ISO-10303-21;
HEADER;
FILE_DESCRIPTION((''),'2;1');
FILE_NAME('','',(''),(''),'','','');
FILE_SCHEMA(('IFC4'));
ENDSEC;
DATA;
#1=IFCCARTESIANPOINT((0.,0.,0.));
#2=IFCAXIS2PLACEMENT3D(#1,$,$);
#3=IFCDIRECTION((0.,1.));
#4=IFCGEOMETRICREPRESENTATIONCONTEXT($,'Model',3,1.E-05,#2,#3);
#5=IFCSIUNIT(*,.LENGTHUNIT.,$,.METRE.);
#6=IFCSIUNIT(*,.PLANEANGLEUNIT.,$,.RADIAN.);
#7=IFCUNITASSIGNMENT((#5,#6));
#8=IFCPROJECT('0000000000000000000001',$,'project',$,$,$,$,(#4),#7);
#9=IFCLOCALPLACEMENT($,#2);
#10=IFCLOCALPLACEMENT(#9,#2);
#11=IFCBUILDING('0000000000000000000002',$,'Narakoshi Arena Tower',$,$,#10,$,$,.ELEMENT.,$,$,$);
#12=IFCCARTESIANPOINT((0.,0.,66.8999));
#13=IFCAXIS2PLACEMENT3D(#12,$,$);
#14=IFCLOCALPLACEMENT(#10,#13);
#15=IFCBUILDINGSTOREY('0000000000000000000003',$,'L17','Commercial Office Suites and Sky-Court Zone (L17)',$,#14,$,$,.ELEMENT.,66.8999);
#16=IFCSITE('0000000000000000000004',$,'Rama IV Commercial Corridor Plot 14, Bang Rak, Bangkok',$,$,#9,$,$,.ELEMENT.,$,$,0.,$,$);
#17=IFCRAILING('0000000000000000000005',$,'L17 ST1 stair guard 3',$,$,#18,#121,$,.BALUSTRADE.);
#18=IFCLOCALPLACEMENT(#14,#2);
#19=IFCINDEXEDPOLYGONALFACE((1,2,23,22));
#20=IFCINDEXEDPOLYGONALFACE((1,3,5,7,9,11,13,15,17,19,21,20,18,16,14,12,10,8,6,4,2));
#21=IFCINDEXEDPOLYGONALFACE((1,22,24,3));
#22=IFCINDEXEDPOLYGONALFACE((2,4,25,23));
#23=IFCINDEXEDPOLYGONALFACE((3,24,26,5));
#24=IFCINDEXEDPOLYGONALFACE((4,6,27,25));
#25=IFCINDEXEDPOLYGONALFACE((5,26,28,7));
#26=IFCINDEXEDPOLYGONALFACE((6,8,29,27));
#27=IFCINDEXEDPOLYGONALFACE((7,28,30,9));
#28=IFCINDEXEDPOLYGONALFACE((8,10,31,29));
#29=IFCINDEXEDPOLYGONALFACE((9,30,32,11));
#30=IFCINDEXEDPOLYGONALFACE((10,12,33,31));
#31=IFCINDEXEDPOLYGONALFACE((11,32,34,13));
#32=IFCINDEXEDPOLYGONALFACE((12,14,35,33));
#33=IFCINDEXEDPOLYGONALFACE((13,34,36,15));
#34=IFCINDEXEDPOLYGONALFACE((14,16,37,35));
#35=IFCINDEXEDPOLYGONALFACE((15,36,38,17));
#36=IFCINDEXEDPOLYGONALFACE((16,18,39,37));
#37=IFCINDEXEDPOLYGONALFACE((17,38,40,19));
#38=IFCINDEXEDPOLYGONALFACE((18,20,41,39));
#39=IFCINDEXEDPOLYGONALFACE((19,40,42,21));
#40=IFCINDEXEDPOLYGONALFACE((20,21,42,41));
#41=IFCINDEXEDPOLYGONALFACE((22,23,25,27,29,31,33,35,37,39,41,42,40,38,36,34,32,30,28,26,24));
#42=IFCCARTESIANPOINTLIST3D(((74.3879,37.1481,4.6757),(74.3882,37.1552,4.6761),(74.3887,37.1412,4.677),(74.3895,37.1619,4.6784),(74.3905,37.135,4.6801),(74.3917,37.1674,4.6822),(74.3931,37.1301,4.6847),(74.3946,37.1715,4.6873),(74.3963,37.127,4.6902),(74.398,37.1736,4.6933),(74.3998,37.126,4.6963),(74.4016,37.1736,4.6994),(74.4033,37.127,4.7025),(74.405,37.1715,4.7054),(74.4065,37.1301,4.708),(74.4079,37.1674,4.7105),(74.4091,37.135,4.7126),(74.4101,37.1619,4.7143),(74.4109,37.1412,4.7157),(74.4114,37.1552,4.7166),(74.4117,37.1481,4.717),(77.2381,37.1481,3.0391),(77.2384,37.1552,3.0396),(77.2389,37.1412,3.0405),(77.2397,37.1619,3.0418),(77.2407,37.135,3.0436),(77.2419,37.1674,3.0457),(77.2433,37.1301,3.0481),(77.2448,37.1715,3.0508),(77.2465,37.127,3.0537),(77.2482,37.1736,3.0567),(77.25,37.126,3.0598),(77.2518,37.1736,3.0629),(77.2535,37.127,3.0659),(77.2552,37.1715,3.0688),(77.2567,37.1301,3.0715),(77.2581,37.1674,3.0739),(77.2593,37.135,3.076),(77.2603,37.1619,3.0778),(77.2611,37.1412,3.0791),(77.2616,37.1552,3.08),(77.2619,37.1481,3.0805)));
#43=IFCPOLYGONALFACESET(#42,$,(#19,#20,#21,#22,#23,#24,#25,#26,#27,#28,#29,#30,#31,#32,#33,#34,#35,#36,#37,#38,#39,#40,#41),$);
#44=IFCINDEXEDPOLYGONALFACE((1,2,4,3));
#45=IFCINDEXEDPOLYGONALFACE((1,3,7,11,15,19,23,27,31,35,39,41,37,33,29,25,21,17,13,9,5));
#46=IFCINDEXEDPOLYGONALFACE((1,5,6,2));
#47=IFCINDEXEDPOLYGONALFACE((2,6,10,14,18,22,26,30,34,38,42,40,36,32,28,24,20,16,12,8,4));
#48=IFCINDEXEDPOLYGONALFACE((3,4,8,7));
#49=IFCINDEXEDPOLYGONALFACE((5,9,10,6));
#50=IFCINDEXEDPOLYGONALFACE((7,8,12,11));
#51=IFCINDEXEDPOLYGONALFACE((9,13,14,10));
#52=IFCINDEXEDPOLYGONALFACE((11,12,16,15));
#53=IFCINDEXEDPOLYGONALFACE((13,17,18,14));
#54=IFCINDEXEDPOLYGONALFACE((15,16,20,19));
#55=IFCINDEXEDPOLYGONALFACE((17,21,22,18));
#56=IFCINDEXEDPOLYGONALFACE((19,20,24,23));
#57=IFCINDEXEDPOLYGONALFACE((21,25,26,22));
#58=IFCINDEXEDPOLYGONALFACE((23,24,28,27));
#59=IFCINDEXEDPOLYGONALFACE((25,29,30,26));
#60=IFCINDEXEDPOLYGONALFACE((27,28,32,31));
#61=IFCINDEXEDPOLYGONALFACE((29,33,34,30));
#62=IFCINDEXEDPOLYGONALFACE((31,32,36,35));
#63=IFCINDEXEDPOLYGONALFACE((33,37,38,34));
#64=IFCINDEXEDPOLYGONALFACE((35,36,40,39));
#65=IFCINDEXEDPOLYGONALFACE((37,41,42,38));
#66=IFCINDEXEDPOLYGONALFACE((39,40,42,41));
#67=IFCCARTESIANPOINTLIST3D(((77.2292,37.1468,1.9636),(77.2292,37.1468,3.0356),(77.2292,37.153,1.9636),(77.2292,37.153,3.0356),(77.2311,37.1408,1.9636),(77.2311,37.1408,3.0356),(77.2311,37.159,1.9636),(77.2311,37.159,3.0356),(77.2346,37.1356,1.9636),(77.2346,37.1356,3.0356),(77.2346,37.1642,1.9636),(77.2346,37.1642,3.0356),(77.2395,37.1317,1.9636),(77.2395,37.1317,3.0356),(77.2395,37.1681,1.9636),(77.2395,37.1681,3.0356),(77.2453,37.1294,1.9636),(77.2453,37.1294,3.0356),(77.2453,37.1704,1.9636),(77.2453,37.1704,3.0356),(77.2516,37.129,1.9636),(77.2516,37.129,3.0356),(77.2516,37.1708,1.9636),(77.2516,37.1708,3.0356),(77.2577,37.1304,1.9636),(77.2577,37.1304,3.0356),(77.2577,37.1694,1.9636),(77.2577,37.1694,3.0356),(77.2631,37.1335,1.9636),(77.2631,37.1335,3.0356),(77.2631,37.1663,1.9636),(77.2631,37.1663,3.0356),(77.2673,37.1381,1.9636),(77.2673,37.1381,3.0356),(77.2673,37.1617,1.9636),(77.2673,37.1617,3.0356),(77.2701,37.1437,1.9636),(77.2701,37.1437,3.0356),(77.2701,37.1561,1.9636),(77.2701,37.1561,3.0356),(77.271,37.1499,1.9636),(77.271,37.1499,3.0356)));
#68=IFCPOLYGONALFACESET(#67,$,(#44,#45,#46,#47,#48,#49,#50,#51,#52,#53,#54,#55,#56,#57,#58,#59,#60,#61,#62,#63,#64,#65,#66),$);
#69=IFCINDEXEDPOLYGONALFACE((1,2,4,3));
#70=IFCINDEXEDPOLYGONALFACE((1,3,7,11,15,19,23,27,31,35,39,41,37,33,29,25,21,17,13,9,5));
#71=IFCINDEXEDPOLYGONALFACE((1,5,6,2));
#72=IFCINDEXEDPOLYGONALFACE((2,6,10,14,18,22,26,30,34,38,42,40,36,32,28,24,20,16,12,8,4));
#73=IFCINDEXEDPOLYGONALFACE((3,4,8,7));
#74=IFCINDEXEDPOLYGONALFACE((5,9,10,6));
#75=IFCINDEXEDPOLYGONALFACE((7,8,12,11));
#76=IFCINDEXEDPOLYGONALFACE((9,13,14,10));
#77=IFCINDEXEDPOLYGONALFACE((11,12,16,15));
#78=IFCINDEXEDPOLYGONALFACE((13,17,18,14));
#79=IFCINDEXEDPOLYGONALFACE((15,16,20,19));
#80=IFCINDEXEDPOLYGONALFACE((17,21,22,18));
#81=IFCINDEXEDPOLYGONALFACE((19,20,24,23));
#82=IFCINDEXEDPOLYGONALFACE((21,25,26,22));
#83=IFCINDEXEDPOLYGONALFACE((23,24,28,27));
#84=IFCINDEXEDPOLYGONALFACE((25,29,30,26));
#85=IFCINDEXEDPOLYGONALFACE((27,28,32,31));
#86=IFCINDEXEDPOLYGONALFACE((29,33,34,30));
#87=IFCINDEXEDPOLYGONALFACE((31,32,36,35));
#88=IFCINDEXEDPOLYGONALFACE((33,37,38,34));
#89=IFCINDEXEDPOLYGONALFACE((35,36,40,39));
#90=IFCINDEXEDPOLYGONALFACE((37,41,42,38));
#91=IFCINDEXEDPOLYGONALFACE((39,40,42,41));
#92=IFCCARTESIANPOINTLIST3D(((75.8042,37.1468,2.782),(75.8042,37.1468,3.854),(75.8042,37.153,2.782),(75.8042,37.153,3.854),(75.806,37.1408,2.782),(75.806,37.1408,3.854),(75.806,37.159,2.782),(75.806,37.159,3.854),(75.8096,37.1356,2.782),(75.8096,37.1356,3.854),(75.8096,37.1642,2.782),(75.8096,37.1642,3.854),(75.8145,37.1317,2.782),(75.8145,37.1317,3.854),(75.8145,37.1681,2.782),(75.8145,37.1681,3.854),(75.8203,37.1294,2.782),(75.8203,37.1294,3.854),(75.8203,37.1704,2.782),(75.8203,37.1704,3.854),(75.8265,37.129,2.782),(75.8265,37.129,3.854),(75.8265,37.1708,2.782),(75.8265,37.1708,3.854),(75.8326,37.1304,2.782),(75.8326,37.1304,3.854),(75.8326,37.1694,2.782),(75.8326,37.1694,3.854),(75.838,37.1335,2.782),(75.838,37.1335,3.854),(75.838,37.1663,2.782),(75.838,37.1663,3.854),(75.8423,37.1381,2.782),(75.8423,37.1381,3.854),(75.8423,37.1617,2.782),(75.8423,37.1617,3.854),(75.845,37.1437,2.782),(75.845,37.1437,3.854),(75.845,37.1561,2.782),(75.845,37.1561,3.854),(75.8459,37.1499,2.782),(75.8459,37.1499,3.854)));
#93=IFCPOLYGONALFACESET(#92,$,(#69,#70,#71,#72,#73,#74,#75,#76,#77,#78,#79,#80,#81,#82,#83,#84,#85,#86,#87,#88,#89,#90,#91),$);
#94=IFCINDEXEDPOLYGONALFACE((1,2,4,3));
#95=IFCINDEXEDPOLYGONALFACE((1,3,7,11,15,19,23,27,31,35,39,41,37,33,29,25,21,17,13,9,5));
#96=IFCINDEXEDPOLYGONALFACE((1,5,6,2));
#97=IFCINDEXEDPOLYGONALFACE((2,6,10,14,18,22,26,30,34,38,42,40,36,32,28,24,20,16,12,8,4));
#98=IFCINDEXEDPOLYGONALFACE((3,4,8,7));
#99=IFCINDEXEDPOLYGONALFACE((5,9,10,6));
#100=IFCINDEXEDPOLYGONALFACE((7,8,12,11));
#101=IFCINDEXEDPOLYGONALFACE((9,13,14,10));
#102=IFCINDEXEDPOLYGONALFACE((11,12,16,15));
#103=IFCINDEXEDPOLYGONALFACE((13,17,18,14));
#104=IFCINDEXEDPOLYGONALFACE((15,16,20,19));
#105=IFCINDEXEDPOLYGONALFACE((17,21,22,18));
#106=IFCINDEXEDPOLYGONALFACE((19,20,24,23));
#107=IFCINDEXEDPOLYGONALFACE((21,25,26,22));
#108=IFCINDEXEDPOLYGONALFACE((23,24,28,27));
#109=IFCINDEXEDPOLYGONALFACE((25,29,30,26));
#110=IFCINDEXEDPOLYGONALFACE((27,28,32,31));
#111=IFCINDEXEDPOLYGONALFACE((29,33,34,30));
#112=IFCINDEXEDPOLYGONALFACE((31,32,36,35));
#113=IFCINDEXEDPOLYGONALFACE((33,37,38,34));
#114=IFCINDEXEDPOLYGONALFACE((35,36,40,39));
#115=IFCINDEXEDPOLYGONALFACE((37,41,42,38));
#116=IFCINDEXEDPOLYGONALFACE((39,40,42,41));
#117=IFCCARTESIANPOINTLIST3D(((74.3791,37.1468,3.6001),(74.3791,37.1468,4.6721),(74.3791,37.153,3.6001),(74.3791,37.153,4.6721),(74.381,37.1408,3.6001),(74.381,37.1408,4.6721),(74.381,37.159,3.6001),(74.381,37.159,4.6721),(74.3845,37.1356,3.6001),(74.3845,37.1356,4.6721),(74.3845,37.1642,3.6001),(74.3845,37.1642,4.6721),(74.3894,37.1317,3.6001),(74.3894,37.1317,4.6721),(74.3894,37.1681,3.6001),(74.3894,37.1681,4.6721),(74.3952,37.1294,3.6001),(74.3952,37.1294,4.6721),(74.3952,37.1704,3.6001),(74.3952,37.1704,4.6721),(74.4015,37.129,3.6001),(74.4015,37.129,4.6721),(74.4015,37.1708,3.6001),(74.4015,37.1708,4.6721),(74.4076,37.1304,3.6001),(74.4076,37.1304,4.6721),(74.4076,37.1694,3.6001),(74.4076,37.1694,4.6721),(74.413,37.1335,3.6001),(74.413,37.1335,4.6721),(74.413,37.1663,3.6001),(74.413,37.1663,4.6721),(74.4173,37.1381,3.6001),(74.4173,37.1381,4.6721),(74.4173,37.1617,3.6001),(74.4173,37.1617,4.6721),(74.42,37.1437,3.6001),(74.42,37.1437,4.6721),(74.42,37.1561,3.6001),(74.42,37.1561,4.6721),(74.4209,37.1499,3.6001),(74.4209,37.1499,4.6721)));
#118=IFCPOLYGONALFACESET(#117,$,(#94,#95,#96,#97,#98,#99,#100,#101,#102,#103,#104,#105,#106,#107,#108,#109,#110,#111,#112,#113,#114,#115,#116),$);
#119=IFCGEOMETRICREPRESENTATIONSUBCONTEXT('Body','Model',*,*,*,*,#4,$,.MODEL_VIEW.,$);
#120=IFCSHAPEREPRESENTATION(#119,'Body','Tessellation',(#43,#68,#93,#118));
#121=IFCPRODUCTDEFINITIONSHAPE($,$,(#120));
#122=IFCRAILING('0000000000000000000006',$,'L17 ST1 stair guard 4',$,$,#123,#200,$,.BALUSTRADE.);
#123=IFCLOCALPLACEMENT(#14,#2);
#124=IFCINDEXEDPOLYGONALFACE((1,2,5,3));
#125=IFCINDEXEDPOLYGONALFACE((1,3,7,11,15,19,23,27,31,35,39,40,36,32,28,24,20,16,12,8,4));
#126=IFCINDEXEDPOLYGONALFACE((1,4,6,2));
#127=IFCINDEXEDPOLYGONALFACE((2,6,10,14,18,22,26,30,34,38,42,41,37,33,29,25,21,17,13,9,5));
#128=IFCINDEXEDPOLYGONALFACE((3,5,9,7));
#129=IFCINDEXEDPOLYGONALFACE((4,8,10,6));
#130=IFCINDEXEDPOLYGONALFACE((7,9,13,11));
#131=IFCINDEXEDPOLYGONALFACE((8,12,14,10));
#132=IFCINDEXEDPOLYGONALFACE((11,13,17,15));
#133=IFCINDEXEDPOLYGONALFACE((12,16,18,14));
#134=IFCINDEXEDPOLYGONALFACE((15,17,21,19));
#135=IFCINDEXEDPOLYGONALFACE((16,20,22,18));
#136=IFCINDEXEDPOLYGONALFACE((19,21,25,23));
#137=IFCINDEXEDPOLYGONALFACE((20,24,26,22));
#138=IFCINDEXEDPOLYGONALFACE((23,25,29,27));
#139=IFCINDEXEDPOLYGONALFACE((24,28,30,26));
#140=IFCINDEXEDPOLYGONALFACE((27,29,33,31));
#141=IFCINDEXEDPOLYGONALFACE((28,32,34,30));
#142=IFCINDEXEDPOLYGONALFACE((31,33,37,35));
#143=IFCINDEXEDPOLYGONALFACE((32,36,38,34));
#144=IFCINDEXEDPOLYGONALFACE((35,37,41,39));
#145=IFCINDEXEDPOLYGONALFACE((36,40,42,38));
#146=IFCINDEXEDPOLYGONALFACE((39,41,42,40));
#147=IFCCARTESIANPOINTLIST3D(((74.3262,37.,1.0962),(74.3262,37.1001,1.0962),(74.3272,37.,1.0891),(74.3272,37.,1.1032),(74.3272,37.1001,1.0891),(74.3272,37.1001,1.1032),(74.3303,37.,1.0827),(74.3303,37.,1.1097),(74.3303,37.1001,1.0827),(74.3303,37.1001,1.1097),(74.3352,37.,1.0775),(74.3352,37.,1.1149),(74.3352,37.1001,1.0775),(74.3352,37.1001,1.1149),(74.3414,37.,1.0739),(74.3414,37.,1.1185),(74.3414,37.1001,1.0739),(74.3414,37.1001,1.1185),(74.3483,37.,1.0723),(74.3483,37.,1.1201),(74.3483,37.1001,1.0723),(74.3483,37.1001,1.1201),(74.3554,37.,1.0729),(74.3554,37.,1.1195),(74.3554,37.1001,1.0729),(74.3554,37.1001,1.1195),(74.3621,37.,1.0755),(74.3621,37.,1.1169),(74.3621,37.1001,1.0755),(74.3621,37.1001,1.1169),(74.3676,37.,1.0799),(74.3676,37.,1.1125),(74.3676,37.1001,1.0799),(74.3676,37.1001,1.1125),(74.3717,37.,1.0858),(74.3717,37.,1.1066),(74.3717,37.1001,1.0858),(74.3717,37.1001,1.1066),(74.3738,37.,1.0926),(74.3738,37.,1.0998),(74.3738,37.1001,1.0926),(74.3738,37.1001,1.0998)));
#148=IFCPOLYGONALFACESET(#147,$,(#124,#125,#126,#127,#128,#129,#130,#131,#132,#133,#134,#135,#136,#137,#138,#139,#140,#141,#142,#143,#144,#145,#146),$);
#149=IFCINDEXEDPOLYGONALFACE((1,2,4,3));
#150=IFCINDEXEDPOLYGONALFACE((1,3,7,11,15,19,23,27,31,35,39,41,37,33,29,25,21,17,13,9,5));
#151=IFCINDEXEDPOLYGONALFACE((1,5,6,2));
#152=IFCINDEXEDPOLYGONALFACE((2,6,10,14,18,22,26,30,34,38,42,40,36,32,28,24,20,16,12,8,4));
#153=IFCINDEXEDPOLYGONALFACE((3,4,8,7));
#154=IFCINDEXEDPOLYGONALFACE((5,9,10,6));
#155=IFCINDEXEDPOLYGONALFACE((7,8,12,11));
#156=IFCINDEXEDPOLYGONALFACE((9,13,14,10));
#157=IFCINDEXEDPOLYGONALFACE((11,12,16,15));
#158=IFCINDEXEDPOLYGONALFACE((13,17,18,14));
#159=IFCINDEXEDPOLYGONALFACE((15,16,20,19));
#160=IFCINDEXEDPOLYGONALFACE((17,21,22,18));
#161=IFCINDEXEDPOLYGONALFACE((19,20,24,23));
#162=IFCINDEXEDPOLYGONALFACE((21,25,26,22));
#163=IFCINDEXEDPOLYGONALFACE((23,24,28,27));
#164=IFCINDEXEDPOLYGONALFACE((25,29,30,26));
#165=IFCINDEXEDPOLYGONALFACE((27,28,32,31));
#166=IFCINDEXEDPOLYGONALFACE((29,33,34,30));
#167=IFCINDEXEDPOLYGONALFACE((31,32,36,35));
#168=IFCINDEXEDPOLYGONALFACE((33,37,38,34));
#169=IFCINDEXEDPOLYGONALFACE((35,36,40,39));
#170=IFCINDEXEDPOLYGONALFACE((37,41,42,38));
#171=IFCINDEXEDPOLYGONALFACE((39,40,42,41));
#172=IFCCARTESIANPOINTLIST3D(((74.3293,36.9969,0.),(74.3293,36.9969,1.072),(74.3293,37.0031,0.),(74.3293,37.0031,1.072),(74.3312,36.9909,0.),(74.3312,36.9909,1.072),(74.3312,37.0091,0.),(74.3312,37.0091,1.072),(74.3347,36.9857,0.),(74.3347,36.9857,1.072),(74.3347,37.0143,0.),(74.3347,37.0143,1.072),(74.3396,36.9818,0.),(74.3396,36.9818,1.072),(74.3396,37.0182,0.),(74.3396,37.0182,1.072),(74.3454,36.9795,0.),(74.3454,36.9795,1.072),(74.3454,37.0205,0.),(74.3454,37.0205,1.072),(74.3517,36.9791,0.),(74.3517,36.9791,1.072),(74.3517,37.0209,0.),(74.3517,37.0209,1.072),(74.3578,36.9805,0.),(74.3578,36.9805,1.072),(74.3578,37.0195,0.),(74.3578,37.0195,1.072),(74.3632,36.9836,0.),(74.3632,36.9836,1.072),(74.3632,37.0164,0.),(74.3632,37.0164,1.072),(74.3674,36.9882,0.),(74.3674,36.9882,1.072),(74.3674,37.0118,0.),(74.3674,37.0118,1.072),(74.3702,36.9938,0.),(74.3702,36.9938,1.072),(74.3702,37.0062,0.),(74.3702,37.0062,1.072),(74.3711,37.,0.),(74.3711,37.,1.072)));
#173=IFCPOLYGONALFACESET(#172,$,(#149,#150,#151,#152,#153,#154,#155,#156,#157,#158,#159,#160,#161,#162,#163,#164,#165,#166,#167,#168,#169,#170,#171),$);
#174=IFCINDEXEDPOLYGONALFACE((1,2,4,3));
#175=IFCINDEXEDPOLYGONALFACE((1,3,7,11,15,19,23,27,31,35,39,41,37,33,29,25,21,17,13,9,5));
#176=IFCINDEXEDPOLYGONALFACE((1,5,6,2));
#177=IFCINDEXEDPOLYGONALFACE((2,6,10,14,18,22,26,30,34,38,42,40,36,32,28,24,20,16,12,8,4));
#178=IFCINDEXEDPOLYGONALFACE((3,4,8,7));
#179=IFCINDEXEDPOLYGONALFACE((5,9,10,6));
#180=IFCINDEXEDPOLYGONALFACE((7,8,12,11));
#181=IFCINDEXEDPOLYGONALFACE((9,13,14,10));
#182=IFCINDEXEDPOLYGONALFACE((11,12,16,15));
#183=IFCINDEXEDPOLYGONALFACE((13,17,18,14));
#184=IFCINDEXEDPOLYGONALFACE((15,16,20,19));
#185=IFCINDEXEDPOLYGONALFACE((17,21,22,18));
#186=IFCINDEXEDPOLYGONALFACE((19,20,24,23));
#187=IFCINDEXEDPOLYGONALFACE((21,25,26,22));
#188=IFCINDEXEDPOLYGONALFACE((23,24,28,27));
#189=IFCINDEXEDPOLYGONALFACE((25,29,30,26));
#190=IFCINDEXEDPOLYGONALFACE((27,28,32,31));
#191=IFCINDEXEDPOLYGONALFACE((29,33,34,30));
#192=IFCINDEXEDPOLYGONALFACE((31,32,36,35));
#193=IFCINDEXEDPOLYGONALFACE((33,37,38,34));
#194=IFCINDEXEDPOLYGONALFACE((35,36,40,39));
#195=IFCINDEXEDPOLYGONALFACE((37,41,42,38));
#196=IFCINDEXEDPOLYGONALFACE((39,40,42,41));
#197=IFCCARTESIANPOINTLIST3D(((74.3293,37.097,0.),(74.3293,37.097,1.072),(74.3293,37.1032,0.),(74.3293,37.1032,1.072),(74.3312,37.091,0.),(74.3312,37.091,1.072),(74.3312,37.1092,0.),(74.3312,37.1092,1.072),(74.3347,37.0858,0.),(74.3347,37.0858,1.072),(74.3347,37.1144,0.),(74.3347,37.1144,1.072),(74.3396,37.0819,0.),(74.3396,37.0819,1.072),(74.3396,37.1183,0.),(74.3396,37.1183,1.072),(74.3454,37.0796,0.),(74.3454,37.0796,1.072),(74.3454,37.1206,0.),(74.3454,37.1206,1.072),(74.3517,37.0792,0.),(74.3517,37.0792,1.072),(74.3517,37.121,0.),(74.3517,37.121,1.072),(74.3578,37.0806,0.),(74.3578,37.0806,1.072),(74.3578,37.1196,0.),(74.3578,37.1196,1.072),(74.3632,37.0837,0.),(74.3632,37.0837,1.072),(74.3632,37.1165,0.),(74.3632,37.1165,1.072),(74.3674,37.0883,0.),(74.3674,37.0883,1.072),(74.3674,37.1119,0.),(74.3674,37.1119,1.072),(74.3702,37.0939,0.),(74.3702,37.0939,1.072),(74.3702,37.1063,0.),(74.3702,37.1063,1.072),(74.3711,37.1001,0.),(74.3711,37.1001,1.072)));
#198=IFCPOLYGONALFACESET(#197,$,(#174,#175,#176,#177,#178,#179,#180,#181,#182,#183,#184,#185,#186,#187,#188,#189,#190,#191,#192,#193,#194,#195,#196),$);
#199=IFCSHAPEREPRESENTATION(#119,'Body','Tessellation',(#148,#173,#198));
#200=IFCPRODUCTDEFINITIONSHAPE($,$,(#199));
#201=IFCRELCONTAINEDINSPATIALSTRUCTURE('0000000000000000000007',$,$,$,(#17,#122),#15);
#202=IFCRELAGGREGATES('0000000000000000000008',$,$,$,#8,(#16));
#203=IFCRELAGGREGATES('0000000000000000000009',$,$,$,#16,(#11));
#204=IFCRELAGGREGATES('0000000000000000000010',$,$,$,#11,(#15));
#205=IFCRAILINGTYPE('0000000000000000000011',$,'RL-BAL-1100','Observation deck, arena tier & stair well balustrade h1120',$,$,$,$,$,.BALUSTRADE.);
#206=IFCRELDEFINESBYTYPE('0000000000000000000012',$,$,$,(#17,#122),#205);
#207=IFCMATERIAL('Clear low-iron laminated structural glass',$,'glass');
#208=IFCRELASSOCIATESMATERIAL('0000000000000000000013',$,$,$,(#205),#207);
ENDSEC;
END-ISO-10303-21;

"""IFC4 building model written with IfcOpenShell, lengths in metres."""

from ifc_helpers import new_model, si_unit, direction, frame, origin, origin_2d, place, context, subcontext, project, spatial, circle, extrude, material, type_object, element, save


model = new_model("IFC4")

# Units and contexts
model_context = context("Model", 3, precision=1e-05, world=origin(), true_north=direction((0.0, 1.0)))
body_context = subcontext(model_context, "Body", "Model", "MODEL_VIEW")
ifc_project = project(units=[si_unit("LENGTHUNIT", "METRE"), si_unit("PLANEANGLEUNIT", "RADIAN")], contexts=[model_context])

# Site, building, storey
site_placement = place(None, origin())
site = spatial("IfcSite", under=ifc_project, at=site_placement, Name="Rama IV Commercial Corridor Plot 14, Bang Rak, Bangkok", CompositionType="ELEMENT", RefElevation=0.0)
building_placement = place(site_placement, origin())
building = spatial("IfcBuilding", under=site, at=building_placement, Name="Narakoshi Arena Tower", CompositionType="ELEMENT")
storey_placement = place(building_placement, frame((0.0, 0.0, 66.8999)))
storey = spatial("IfcBuildingStorey", under=building, at=storey_placement, Name="L17", Description="Commercial Office Suites and Sky-Court Zone (L17)", CompositionType="ELEMENT", Elevation=66.8999)

# Railings
ifc_material_1 = material(Name="Clear low-iron laminated structural glass", Category="glass")
railing_type_1 = type_object("IfcRailingType", Name="RL-BAL-1100", Description="Observation deck, arena tier & stair well balustrade h1120", PredefinedType="BALUSTRADE", material=ifc_material_1)
railing_1_placement = place(storey_placement, frame((77.25, 37.1499, 1.9636)))
element("IfcRailing", 1, at=railing_1_placement, inside=storey, type_object=railing_type_1, Name="L17 ST1 stair guard 3", PredefinedType="BALUSTRADE", context=body_context, shape_type="SweptSolid", body=[
    extrude(circle(Radius=0.0239, at=origin_2d()), frame((0.0, 0.0, 1.0962), z_axis=(-0.867213, 0.0, 0.497938), x_axis=(0.0, -1.0, 0.0)), (0.0, 0.0, 1.0), 3.2866),
    extrude(circle(Radius=0.021, at=origin_2d()), origin(), (0.0, 0.0, 1.0), 1.072),
    extrude(circle(Radius=0.021, at=origin_2d()), frame((-1.425, 0.0, 0.8184)), (0.0, 0.0, 1.0), 1.072),
    extrude(circle(Radius=0.021, at=origin_2d()), frame((-2.8501, 0.0, 1.6365)), (0.0, 0.0, 1.0), 1.072),
])
railing_2_placement = place(storey_placement, frame((74.3501, 37.0, 0.0)))
element("IfcRailing", 2, at=railing_2_placement, inside=storey, type_object=railing_type_1, Name="L17 ST1 stair guard 4", PredefinedType="BALUSTRADE", context=body_context, shape_type="SweptSolid", body=[
    extrude(circle(Radius=0.0239, at=origin_2d()), frame((0.0, 0.0, 1.0962), z_axis=(0.0, 1.0, 0.0), x_axis=(-1.0, 0.0, 0.0)), (0.0, 0.0, 1.0), 0.1001),
    extrude(circle(Radius=0.021, at=origin_2d()), origin(), (0.0, 0.0, 1.0), 1.072),
    extrude(circle(Radius=0.021, at=origin_2d()), frame((0.0, 0.1001, 0.0)), (0.0, 0.0, 1.0), 1.072),
])

save(model, "model.ifc")
